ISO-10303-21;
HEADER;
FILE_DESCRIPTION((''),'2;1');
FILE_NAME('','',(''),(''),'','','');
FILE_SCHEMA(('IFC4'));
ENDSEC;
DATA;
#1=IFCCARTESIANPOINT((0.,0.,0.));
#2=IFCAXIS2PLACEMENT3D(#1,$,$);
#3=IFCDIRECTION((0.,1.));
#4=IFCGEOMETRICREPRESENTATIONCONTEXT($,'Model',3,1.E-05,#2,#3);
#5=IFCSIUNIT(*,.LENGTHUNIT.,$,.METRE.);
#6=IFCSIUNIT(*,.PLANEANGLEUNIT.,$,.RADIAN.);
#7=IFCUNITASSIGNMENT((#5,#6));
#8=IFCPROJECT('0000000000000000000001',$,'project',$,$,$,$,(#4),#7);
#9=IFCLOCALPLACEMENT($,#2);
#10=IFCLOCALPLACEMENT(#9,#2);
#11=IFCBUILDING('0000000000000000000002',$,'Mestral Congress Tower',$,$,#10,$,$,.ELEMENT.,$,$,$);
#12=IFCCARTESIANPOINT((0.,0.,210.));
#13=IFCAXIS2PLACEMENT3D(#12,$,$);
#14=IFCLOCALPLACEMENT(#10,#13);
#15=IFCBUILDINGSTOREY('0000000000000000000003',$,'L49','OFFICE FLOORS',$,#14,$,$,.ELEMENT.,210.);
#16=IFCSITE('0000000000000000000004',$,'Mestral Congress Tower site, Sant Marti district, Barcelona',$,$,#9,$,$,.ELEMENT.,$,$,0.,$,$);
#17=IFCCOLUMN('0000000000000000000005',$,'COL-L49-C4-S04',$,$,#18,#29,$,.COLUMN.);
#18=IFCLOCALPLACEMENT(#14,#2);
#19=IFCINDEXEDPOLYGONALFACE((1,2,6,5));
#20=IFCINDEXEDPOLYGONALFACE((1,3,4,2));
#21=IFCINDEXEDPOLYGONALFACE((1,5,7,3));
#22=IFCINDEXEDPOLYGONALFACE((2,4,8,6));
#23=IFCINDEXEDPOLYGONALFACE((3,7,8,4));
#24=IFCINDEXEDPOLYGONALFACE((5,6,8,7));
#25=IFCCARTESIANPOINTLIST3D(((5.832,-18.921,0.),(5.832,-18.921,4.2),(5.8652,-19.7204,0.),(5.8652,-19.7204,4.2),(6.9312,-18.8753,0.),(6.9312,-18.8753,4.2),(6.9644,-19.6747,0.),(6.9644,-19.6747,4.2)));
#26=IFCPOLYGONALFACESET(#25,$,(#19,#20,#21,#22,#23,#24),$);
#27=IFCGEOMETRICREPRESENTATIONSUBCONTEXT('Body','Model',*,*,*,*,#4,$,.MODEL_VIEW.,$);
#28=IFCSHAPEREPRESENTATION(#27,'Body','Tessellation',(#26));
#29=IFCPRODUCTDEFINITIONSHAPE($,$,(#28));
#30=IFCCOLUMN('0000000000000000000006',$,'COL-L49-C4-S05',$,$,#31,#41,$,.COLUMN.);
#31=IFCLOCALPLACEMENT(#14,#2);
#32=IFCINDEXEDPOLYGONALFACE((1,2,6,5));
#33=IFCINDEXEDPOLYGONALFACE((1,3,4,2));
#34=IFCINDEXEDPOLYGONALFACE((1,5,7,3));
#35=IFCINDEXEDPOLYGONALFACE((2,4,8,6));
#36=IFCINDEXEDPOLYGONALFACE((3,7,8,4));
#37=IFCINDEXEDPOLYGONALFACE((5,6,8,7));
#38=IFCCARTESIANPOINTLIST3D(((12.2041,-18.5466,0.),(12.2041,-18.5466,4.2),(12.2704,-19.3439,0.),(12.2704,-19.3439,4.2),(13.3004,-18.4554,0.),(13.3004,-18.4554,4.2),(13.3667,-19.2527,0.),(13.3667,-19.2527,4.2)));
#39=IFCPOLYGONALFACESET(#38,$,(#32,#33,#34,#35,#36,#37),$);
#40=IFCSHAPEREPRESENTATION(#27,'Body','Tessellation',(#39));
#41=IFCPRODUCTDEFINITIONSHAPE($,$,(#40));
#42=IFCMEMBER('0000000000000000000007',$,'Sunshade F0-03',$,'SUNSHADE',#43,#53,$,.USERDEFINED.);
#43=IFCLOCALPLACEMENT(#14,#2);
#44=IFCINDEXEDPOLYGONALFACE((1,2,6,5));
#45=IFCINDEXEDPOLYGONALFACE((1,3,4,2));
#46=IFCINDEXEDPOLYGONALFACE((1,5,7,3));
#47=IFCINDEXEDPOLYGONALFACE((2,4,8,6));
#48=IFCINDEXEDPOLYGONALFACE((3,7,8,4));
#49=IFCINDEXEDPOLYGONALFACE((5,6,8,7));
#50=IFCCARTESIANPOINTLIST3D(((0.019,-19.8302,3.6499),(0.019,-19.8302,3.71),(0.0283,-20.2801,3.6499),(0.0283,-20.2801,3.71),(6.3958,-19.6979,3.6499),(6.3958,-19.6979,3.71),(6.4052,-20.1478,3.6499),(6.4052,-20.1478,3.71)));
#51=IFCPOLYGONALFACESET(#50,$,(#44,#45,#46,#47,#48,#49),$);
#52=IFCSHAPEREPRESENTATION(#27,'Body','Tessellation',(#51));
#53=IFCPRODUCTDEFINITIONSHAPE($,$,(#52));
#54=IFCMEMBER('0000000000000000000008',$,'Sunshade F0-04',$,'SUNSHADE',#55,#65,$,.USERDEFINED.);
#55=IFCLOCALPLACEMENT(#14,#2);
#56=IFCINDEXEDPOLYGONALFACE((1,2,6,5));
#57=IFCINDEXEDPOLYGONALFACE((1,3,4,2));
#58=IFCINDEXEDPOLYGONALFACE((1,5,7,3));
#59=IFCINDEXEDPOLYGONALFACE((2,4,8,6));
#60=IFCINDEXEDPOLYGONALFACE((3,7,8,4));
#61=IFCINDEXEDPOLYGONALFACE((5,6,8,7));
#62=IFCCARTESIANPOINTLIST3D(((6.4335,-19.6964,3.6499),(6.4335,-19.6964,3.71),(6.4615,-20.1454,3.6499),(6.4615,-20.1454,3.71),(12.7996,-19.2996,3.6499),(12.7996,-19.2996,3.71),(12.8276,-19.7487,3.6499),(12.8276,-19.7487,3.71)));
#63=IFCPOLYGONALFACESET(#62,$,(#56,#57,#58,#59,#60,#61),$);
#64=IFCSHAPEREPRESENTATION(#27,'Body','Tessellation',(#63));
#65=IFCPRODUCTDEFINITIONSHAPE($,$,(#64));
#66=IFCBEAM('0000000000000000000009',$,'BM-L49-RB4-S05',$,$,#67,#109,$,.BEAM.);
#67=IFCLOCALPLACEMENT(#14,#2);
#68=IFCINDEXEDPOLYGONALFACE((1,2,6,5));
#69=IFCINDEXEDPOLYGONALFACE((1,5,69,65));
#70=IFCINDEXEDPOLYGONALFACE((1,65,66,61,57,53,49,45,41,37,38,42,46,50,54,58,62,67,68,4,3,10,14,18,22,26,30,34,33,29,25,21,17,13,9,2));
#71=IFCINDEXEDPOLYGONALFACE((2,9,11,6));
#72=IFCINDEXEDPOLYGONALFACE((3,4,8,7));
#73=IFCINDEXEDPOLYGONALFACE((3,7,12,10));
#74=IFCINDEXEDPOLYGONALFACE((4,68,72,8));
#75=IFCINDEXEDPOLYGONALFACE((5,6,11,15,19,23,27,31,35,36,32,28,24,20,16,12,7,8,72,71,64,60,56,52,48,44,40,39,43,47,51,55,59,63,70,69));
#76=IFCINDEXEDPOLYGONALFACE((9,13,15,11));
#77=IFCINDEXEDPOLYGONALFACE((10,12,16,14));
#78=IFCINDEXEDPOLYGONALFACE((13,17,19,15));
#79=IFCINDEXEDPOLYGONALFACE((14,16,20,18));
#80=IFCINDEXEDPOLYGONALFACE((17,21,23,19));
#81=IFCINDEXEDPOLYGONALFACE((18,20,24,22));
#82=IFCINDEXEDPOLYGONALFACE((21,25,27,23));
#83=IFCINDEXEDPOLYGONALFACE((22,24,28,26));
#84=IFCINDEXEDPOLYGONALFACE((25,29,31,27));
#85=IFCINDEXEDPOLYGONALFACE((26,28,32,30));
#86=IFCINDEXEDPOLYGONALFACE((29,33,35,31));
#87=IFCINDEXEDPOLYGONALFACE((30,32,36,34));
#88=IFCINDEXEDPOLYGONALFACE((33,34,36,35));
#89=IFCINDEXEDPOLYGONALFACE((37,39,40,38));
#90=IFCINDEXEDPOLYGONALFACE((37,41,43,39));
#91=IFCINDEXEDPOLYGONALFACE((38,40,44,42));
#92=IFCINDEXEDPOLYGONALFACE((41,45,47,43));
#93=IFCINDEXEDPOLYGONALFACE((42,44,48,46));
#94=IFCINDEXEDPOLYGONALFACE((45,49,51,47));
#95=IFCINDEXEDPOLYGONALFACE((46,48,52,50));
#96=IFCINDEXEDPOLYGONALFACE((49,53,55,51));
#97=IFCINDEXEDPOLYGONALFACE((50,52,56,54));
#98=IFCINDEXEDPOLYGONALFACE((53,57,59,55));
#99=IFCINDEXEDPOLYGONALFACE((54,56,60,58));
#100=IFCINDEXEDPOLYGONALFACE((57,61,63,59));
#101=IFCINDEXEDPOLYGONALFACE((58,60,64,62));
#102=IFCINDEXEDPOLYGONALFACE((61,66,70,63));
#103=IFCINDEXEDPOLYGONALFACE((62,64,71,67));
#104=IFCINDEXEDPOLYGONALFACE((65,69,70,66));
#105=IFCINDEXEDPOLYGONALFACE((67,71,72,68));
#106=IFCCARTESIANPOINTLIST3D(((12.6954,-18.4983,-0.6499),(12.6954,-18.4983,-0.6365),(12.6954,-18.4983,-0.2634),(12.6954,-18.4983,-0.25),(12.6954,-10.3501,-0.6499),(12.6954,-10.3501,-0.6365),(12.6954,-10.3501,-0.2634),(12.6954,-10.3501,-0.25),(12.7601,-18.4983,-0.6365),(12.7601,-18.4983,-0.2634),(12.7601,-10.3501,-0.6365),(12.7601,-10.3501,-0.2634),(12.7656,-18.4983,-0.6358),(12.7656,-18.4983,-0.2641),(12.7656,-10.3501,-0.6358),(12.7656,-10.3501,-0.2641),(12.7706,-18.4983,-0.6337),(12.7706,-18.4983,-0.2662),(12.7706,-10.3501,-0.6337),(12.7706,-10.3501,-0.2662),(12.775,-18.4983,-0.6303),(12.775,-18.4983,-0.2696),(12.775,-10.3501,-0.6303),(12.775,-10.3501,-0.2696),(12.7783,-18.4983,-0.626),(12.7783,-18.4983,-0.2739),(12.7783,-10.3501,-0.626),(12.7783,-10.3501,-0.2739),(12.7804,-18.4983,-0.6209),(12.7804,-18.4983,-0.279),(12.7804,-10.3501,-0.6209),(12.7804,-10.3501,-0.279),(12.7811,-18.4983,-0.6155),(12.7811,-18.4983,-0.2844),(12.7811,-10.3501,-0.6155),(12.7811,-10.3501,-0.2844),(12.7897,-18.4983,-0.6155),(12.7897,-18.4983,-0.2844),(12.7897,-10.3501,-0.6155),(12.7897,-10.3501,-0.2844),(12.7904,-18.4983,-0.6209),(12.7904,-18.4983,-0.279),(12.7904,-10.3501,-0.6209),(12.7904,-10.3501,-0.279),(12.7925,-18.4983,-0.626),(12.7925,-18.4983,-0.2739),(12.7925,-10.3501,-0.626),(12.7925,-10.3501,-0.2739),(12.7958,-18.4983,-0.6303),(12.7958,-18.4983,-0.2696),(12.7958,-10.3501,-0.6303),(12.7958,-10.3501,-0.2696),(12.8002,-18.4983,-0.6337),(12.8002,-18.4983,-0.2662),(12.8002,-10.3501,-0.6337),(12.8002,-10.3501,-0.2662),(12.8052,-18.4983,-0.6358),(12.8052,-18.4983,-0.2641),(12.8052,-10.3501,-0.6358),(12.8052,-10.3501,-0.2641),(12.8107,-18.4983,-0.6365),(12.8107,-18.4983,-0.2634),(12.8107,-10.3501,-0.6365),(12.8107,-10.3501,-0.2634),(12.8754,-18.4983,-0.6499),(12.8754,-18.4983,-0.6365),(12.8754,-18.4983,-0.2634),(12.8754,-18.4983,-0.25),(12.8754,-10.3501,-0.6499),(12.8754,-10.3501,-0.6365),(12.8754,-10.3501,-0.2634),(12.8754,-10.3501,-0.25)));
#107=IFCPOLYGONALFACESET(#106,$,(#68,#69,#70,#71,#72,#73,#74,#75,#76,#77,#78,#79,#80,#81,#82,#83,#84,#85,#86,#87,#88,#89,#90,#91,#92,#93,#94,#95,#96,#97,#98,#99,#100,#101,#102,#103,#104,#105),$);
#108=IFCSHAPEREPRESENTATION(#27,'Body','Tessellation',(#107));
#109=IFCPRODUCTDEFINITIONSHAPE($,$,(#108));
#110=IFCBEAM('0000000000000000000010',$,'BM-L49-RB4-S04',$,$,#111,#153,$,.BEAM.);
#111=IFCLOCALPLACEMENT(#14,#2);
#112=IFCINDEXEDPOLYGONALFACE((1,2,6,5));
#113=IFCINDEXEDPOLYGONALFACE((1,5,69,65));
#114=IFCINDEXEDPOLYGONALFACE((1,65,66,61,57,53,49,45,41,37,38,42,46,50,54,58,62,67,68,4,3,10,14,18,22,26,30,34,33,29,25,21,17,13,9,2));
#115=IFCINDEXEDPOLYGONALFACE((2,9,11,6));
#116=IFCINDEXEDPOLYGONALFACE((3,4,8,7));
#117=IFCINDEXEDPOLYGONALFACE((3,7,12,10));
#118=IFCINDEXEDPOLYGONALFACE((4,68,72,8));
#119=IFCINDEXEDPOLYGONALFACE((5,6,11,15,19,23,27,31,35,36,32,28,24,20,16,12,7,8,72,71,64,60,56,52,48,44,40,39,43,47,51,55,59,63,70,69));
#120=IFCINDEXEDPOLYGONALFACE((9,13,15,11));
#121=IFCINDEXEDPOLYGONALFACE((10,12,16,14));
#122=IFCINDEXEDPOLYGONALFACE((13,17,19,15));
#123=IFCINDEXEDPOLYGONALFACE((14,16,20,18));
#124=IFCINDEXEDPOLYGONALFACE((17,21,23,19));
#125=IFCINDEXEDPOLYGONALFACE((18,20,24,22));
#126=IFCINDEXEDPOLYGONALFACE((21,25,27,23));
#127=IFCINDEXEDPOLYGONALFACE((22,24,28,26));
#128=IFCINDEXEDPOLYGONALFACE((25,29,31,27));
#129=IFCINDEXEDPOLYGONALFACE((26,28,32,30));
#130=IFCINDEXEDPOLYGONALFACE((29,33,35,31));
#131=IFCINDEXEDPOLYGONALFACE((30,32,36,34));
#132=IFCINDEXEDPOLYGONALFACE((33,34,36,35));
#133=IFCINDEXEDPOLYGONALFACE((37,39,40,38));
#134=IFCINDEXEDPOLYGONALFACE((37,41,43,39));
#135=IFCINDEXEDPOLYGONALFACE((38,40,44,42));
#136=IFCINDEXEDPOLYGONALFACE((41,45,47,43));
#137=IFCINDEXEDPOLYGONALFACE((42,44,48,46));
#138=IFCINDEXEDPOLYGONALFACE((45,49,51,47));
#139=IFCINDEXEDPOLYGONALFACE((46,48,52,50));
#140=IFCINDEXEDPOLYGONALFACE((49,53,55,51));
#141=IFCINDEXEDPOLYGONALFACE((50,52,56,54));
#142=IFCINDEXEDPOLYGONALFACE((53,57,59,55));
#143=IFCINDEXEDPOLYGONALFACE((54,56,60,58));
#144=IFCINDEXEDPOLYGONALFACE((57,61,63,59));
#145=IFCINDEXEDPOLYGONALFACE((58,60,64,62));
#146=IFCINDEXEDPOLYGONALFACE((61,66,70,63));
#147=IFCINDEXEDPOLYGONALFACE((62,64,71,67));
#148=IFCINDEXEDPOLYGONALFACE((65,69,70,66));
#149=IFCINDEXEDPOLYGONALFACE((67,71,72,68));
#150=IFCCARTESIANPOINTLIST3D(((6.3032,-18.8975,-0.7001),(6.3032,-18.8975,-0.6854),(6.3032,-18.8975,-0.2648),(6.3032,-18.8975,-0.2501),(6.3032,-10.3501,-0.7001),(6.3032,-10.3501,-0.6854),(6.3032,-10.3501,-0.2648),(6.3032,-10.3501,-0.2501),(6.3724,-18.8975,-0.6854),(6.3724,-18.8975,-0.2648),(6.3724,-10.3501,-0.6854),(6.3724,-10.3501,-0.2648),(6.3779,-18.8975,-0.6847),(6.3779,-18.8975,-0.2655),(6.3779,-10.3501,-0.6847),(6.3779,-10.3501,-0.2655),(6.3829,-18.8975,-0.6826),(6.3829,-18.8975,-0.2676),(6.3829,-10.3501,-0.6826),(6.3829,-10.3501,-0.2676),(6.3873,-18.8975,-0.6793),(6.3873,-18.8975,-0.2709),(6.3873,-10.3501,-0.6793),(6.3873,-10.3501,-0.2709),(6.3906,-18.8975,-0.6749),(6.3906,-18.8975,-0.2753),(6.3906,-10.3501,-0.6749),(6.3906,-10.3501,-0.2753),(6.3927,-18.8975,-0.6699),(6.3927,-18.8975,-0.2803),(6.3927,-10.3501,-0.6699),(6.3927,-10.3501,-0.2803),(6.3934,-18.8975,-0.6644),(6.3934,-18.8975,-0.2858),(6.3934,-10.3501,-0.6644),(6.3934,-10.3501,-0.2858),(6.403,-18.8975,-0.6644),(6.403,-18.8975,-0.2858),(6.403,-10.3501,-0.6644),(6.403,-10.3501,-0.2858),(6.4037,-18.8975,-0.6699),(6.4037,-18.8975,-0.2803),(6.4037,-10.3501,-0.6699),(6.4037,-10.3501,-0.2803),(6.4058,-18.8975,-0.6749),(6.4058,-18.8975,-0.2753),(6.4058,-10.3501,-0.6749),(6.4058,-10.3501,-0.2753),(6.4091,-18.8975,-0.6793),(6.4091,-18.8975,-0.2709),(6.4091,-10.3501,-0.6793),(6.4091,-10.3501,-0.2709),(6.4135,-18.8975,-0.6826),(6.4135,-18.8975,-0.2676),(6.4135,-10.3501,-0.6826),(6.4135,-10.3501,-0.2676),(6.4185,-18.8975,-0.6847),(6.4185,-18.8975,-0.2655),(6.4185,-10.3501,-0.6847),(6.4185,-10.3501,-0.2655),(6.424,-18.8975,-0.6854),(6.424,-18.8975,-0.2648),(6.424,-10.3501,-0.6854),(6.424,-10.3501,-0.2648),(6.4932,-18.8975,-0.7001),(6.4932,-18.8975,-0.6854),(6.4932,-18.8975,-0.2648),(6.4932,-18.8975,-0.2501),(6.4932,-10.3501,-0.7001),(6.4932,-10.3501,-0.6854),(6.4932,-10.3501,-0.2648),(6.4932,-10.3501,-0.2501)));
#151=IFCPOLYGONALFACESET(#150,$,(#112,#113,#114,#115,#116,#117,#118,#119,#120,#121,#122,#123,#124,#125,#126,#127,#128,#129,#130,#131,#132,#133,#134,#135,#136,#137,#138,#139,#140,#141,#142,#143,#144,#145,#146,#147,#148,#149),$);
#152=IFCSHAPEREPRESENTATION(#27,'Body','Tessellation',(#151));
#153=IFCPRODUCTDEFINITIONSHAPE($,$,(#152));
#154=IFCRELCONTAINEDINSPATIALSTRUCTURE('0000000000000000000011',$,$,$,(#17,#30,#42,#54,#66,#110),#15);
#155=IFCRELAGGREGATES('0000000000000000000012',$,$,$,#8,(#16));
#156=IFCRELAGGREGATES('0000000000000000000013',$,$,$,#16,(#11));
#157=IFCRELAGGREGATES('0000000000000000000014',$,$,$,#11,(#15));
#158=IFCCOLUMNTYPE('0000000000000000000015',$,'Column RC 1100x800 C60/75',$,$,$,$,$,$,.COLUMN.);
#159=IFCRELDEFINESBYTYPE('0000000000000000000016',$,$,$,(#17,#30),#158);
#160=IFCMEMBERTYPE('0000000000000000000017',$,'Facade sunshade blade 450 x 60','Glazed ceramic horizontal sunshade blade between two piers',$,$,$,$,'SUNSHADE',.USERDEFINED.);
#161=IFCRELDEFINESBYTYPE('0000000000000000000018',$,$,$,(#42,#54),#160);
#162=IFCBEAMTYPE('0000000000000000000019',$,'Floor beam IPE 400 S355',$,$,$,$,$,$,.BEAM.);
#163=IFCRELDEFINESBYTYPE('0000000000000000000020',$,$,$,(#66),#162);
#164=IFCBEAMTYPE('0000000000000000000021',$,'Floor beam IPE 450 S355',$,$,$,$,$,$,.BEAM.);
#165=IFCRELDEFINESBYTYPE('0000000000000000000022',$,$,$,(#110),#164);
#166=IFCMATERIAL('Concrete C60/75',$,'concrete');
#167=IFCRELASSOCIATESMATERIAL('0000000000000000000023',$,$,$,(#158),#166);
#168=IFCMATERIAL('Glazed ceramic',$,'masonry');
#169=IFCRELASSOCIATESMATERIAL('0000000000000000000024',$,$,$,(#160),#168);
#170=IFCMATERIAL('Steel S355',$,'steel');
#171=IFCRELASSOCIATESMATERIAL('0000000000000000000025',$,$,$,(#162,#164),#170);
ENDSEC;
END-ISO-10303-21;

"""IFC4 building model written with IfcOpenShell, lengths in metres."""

from ifc_helpers import new_model, si_unit, direction, frame, origin, origin_2d, place, context, subcontext, project, spatial, rectangle, i_section, extrude, material, material_profile, profile_set, type_object, element, save


model = new_model("IFC4")

# Units and contexts
model_context = context("Model", 3, precision=1e-05, world=origin(), true_north=direction((0.0, 1.0)))
body_context = subcontext(model_context, "Body", "Model", "MODEL_VIEW")
ifc_project = project(units=[si_unit("LENGTHUNIT", "METRE"), si_unit("PLANEANGLEUNIT", "RADIAN")], contexts=[model_context])

# Site, building, storey
site_placement = place(None, origin())
site = spatial("IfcSite", under=ifc_project, at=site_placement, Name="Mestral Congress Tower site, Sant Marti district, Barcelona", CompositionType="ELEMENT", RefElevation=0.0)
building_placement = place(site_placement, origin())
building = spatial("IfcBuilding", under=site, at=building_placement, Name="Mestral Congress Tower", CompositionType="ELEMENT")
storey_placement = place(building_placement, frame((0.0, 0.0, 210.0)))
storey = spatial("IfcBuildingStorey", under=building, at=storey_placement, Name="L49", Description="OFFICE FLOORS", CompositionType="ELEMENT", Elevation=210.0)

# Columns
ifc_material_1 = material(Name="Concrete C60/75", Category="concrete")
ifc_material_profile_1 = material_profile(ifc_material_1, rectangle(XDim=1.1001, YDim=0.8, at=origin_2d()), Name="RC 1100x800")
ifc_profile_set_1 = profile_set([ifc_material_profile_1], Name="Concrete C60/75")
column_type = type_object("IfcColumnType", Name="Column RC 1100x800 C60/75", PredefinedType="COLUMN", material=ifc_profile_set_1)
for number, where, z_axis, x_axis, name in (
    (1, (6.3982, -19.2979, 0.0), (0.0, 0.0, 1.0), (0.999139, 0.041492, 0.0), "COL-L49-C4-S04"),
    (2, (12.7854, -18.8997, 0.0), (0.0, 0.0, 1.0), (0.996557, 0.082914, 0.0), "COL-L49-C4-S05"),
):
    element("IfcColumn", number, at=place(storey_placement, frame(where, z_axis=z_axis, x_axis=x_axis)), inside=storey, type_object=column_type, Name=name, PredefinedType="COLUMN", context=body_context, shape_type="SweptSolid", body=[
        extrude(rectangle(XDim=1.1001, YDim=0.8, at=origin_2d()), origin(), (0.0, 0.0, 1.0), 4.2),
    ])

# Members
ifc_material_2 = material(Name="Glazed ceramic", Category="masonry")
ifc_material_profile_2 = material_profile(ifc_material_2, rectangle(XDim=0.45, YDim=0.0601, at=origin_2d()), Name="Ceramic blade 450 x 60")
ifc_profile_set_2 = profile_set([ifc_material_profile_2], Name="Glazed ceramic")
member_type = type_object("IfcMemberType", Name="Facade sunshade blade 450 x 60", Description="Glazed ceramic horizontal sunshade blade between two piers", ElementType="SUNSHADE", PredefinedType="USERDEFINED", material=ifc_profile_set_2)
member_1_placement = place(storey_placement, frame((0.0237, -20.0552, 3.6799), z_axis=(0.999785, 0.020747, 0.0), x_axis=(-0.020747, 0.999785, 0.0)))
element("IfcMember", 3, at=member_1_placement, inside=storey, type_object=member_type, Name="Sunshade F0-03", ObjectType="SUNSHADE", PredefinedType="USERDEFINED", context=body_context, shape_type="SweptSolid", body=[
    extrude(rectangle(XDim=0.45, YDim=0.0601, at=origin_2d()), origin(), (0.0, 0.0, 1.0), 6.3782),
])
member_2_placement = place(storey_placement, frame((6.4475, -19.9209, 3.6799), z_axis=(0.998064, 0.0622, 0.0), x_axis=(-0.0622, 0.998064, 0.0)))
element("IfcMember", 4, at=member_2_placement, inside=storey, type_object=member_type, Name="Sunshade F0-04", ObjectType="SUNSHADE", PredefinedType="USERDEFINED", context=body_context, shape_type="SweptSolid", body=[
    extrude(rectangle(XDim=0.45, YDim=0.0601, at=origin_2d()), origin(), (0.0, 0.0, 1.0), 6.3784),
])

# Beams
ifc_material_3 = material(Name="Steel S355", Category="steel")
ifc_material_profile_3 = material_profile(ifc_material_3, i_section(OverallWidth=0.1799, OverallDepth=0.3999, WebThickness=0.0085, FlangeThickness=0.0134, FilletRadius=0.021, at=origin_2d()), Name="IPE 400")
ifc_profile_set_3 = profile_set([ifc_material_profile_3], Name="Steel S355")
beam_type_1 = type_object("IfcBeamType", Name="Floor beam IPE 400 S355", PredefinedType="BEAM", material=ifc_profile_set_3)
beam_1_placement = place(storey_placement, frame((12.7854, -18.4983, -0.45), z_axis=(0.0, 1.0, 0.0), x_axis=(-1.0, 0.0, 0.0)))
element("IfcBeam", 5, at=beam_1_placement, inside=storey, type_object=beam_type_1, Name="BM-L49-RB4-S05", PredefinedType="BEAM", context=body_context, shape_type="SweptSolid", body=[
    extrude(i_section(OverallWidth=0.1799, OverallDepth=0.3999, WebThickness=0.0085, FlangeThickness=0.0134, FilletRadius=0.021, at=origin_2d()), origin(), (0.0, 0.0, 1.0), 8.1482),
])
ifc_material_profile_4 = material_profile(ifc_material_3, i_section(OverallWidth=0.1899, OverallDepth=0.45, WebThickness=0.0095, FlangeThickness=0.0146, FilletRadius=0.021, at=origin_2d()), Name="IPE 450")
ifc_profile_set_4 = profile_set([ifc_material_profile_4], Name="Steel S355")
beam_type_2 = type_object("IfcBeamType", Name="Floor beam IPE 450 S355", PredefinedType="BEAM", material=ifc_profile_set_4)
beam_2_placement = place(storey_placement, frame((6.3982, -18.8975, -0.4751), z_axis=(0.0, 1.0, 0.0), x_axis=(-1.0, 0.0, 0.0)))
element("IfcBeam", 6, at=beam_2_placement, inside=storey, type_object=beam_type_2, Name="BM-L49-RB4-S04", PredefinedType="BEAM", context=body_context, shape_type="SweptSolid", body=[
    extrude(i_section(OverallWidth=0.1899, OverallDepth=0.45, WebThickness=0.0095, FlangeThickness=0.0146, FilletRadius=0.021, at=origin_2d()), origin(), (0.0, 0.0, 1.0), 8.5474),
])

save(model, "model.ifc")
